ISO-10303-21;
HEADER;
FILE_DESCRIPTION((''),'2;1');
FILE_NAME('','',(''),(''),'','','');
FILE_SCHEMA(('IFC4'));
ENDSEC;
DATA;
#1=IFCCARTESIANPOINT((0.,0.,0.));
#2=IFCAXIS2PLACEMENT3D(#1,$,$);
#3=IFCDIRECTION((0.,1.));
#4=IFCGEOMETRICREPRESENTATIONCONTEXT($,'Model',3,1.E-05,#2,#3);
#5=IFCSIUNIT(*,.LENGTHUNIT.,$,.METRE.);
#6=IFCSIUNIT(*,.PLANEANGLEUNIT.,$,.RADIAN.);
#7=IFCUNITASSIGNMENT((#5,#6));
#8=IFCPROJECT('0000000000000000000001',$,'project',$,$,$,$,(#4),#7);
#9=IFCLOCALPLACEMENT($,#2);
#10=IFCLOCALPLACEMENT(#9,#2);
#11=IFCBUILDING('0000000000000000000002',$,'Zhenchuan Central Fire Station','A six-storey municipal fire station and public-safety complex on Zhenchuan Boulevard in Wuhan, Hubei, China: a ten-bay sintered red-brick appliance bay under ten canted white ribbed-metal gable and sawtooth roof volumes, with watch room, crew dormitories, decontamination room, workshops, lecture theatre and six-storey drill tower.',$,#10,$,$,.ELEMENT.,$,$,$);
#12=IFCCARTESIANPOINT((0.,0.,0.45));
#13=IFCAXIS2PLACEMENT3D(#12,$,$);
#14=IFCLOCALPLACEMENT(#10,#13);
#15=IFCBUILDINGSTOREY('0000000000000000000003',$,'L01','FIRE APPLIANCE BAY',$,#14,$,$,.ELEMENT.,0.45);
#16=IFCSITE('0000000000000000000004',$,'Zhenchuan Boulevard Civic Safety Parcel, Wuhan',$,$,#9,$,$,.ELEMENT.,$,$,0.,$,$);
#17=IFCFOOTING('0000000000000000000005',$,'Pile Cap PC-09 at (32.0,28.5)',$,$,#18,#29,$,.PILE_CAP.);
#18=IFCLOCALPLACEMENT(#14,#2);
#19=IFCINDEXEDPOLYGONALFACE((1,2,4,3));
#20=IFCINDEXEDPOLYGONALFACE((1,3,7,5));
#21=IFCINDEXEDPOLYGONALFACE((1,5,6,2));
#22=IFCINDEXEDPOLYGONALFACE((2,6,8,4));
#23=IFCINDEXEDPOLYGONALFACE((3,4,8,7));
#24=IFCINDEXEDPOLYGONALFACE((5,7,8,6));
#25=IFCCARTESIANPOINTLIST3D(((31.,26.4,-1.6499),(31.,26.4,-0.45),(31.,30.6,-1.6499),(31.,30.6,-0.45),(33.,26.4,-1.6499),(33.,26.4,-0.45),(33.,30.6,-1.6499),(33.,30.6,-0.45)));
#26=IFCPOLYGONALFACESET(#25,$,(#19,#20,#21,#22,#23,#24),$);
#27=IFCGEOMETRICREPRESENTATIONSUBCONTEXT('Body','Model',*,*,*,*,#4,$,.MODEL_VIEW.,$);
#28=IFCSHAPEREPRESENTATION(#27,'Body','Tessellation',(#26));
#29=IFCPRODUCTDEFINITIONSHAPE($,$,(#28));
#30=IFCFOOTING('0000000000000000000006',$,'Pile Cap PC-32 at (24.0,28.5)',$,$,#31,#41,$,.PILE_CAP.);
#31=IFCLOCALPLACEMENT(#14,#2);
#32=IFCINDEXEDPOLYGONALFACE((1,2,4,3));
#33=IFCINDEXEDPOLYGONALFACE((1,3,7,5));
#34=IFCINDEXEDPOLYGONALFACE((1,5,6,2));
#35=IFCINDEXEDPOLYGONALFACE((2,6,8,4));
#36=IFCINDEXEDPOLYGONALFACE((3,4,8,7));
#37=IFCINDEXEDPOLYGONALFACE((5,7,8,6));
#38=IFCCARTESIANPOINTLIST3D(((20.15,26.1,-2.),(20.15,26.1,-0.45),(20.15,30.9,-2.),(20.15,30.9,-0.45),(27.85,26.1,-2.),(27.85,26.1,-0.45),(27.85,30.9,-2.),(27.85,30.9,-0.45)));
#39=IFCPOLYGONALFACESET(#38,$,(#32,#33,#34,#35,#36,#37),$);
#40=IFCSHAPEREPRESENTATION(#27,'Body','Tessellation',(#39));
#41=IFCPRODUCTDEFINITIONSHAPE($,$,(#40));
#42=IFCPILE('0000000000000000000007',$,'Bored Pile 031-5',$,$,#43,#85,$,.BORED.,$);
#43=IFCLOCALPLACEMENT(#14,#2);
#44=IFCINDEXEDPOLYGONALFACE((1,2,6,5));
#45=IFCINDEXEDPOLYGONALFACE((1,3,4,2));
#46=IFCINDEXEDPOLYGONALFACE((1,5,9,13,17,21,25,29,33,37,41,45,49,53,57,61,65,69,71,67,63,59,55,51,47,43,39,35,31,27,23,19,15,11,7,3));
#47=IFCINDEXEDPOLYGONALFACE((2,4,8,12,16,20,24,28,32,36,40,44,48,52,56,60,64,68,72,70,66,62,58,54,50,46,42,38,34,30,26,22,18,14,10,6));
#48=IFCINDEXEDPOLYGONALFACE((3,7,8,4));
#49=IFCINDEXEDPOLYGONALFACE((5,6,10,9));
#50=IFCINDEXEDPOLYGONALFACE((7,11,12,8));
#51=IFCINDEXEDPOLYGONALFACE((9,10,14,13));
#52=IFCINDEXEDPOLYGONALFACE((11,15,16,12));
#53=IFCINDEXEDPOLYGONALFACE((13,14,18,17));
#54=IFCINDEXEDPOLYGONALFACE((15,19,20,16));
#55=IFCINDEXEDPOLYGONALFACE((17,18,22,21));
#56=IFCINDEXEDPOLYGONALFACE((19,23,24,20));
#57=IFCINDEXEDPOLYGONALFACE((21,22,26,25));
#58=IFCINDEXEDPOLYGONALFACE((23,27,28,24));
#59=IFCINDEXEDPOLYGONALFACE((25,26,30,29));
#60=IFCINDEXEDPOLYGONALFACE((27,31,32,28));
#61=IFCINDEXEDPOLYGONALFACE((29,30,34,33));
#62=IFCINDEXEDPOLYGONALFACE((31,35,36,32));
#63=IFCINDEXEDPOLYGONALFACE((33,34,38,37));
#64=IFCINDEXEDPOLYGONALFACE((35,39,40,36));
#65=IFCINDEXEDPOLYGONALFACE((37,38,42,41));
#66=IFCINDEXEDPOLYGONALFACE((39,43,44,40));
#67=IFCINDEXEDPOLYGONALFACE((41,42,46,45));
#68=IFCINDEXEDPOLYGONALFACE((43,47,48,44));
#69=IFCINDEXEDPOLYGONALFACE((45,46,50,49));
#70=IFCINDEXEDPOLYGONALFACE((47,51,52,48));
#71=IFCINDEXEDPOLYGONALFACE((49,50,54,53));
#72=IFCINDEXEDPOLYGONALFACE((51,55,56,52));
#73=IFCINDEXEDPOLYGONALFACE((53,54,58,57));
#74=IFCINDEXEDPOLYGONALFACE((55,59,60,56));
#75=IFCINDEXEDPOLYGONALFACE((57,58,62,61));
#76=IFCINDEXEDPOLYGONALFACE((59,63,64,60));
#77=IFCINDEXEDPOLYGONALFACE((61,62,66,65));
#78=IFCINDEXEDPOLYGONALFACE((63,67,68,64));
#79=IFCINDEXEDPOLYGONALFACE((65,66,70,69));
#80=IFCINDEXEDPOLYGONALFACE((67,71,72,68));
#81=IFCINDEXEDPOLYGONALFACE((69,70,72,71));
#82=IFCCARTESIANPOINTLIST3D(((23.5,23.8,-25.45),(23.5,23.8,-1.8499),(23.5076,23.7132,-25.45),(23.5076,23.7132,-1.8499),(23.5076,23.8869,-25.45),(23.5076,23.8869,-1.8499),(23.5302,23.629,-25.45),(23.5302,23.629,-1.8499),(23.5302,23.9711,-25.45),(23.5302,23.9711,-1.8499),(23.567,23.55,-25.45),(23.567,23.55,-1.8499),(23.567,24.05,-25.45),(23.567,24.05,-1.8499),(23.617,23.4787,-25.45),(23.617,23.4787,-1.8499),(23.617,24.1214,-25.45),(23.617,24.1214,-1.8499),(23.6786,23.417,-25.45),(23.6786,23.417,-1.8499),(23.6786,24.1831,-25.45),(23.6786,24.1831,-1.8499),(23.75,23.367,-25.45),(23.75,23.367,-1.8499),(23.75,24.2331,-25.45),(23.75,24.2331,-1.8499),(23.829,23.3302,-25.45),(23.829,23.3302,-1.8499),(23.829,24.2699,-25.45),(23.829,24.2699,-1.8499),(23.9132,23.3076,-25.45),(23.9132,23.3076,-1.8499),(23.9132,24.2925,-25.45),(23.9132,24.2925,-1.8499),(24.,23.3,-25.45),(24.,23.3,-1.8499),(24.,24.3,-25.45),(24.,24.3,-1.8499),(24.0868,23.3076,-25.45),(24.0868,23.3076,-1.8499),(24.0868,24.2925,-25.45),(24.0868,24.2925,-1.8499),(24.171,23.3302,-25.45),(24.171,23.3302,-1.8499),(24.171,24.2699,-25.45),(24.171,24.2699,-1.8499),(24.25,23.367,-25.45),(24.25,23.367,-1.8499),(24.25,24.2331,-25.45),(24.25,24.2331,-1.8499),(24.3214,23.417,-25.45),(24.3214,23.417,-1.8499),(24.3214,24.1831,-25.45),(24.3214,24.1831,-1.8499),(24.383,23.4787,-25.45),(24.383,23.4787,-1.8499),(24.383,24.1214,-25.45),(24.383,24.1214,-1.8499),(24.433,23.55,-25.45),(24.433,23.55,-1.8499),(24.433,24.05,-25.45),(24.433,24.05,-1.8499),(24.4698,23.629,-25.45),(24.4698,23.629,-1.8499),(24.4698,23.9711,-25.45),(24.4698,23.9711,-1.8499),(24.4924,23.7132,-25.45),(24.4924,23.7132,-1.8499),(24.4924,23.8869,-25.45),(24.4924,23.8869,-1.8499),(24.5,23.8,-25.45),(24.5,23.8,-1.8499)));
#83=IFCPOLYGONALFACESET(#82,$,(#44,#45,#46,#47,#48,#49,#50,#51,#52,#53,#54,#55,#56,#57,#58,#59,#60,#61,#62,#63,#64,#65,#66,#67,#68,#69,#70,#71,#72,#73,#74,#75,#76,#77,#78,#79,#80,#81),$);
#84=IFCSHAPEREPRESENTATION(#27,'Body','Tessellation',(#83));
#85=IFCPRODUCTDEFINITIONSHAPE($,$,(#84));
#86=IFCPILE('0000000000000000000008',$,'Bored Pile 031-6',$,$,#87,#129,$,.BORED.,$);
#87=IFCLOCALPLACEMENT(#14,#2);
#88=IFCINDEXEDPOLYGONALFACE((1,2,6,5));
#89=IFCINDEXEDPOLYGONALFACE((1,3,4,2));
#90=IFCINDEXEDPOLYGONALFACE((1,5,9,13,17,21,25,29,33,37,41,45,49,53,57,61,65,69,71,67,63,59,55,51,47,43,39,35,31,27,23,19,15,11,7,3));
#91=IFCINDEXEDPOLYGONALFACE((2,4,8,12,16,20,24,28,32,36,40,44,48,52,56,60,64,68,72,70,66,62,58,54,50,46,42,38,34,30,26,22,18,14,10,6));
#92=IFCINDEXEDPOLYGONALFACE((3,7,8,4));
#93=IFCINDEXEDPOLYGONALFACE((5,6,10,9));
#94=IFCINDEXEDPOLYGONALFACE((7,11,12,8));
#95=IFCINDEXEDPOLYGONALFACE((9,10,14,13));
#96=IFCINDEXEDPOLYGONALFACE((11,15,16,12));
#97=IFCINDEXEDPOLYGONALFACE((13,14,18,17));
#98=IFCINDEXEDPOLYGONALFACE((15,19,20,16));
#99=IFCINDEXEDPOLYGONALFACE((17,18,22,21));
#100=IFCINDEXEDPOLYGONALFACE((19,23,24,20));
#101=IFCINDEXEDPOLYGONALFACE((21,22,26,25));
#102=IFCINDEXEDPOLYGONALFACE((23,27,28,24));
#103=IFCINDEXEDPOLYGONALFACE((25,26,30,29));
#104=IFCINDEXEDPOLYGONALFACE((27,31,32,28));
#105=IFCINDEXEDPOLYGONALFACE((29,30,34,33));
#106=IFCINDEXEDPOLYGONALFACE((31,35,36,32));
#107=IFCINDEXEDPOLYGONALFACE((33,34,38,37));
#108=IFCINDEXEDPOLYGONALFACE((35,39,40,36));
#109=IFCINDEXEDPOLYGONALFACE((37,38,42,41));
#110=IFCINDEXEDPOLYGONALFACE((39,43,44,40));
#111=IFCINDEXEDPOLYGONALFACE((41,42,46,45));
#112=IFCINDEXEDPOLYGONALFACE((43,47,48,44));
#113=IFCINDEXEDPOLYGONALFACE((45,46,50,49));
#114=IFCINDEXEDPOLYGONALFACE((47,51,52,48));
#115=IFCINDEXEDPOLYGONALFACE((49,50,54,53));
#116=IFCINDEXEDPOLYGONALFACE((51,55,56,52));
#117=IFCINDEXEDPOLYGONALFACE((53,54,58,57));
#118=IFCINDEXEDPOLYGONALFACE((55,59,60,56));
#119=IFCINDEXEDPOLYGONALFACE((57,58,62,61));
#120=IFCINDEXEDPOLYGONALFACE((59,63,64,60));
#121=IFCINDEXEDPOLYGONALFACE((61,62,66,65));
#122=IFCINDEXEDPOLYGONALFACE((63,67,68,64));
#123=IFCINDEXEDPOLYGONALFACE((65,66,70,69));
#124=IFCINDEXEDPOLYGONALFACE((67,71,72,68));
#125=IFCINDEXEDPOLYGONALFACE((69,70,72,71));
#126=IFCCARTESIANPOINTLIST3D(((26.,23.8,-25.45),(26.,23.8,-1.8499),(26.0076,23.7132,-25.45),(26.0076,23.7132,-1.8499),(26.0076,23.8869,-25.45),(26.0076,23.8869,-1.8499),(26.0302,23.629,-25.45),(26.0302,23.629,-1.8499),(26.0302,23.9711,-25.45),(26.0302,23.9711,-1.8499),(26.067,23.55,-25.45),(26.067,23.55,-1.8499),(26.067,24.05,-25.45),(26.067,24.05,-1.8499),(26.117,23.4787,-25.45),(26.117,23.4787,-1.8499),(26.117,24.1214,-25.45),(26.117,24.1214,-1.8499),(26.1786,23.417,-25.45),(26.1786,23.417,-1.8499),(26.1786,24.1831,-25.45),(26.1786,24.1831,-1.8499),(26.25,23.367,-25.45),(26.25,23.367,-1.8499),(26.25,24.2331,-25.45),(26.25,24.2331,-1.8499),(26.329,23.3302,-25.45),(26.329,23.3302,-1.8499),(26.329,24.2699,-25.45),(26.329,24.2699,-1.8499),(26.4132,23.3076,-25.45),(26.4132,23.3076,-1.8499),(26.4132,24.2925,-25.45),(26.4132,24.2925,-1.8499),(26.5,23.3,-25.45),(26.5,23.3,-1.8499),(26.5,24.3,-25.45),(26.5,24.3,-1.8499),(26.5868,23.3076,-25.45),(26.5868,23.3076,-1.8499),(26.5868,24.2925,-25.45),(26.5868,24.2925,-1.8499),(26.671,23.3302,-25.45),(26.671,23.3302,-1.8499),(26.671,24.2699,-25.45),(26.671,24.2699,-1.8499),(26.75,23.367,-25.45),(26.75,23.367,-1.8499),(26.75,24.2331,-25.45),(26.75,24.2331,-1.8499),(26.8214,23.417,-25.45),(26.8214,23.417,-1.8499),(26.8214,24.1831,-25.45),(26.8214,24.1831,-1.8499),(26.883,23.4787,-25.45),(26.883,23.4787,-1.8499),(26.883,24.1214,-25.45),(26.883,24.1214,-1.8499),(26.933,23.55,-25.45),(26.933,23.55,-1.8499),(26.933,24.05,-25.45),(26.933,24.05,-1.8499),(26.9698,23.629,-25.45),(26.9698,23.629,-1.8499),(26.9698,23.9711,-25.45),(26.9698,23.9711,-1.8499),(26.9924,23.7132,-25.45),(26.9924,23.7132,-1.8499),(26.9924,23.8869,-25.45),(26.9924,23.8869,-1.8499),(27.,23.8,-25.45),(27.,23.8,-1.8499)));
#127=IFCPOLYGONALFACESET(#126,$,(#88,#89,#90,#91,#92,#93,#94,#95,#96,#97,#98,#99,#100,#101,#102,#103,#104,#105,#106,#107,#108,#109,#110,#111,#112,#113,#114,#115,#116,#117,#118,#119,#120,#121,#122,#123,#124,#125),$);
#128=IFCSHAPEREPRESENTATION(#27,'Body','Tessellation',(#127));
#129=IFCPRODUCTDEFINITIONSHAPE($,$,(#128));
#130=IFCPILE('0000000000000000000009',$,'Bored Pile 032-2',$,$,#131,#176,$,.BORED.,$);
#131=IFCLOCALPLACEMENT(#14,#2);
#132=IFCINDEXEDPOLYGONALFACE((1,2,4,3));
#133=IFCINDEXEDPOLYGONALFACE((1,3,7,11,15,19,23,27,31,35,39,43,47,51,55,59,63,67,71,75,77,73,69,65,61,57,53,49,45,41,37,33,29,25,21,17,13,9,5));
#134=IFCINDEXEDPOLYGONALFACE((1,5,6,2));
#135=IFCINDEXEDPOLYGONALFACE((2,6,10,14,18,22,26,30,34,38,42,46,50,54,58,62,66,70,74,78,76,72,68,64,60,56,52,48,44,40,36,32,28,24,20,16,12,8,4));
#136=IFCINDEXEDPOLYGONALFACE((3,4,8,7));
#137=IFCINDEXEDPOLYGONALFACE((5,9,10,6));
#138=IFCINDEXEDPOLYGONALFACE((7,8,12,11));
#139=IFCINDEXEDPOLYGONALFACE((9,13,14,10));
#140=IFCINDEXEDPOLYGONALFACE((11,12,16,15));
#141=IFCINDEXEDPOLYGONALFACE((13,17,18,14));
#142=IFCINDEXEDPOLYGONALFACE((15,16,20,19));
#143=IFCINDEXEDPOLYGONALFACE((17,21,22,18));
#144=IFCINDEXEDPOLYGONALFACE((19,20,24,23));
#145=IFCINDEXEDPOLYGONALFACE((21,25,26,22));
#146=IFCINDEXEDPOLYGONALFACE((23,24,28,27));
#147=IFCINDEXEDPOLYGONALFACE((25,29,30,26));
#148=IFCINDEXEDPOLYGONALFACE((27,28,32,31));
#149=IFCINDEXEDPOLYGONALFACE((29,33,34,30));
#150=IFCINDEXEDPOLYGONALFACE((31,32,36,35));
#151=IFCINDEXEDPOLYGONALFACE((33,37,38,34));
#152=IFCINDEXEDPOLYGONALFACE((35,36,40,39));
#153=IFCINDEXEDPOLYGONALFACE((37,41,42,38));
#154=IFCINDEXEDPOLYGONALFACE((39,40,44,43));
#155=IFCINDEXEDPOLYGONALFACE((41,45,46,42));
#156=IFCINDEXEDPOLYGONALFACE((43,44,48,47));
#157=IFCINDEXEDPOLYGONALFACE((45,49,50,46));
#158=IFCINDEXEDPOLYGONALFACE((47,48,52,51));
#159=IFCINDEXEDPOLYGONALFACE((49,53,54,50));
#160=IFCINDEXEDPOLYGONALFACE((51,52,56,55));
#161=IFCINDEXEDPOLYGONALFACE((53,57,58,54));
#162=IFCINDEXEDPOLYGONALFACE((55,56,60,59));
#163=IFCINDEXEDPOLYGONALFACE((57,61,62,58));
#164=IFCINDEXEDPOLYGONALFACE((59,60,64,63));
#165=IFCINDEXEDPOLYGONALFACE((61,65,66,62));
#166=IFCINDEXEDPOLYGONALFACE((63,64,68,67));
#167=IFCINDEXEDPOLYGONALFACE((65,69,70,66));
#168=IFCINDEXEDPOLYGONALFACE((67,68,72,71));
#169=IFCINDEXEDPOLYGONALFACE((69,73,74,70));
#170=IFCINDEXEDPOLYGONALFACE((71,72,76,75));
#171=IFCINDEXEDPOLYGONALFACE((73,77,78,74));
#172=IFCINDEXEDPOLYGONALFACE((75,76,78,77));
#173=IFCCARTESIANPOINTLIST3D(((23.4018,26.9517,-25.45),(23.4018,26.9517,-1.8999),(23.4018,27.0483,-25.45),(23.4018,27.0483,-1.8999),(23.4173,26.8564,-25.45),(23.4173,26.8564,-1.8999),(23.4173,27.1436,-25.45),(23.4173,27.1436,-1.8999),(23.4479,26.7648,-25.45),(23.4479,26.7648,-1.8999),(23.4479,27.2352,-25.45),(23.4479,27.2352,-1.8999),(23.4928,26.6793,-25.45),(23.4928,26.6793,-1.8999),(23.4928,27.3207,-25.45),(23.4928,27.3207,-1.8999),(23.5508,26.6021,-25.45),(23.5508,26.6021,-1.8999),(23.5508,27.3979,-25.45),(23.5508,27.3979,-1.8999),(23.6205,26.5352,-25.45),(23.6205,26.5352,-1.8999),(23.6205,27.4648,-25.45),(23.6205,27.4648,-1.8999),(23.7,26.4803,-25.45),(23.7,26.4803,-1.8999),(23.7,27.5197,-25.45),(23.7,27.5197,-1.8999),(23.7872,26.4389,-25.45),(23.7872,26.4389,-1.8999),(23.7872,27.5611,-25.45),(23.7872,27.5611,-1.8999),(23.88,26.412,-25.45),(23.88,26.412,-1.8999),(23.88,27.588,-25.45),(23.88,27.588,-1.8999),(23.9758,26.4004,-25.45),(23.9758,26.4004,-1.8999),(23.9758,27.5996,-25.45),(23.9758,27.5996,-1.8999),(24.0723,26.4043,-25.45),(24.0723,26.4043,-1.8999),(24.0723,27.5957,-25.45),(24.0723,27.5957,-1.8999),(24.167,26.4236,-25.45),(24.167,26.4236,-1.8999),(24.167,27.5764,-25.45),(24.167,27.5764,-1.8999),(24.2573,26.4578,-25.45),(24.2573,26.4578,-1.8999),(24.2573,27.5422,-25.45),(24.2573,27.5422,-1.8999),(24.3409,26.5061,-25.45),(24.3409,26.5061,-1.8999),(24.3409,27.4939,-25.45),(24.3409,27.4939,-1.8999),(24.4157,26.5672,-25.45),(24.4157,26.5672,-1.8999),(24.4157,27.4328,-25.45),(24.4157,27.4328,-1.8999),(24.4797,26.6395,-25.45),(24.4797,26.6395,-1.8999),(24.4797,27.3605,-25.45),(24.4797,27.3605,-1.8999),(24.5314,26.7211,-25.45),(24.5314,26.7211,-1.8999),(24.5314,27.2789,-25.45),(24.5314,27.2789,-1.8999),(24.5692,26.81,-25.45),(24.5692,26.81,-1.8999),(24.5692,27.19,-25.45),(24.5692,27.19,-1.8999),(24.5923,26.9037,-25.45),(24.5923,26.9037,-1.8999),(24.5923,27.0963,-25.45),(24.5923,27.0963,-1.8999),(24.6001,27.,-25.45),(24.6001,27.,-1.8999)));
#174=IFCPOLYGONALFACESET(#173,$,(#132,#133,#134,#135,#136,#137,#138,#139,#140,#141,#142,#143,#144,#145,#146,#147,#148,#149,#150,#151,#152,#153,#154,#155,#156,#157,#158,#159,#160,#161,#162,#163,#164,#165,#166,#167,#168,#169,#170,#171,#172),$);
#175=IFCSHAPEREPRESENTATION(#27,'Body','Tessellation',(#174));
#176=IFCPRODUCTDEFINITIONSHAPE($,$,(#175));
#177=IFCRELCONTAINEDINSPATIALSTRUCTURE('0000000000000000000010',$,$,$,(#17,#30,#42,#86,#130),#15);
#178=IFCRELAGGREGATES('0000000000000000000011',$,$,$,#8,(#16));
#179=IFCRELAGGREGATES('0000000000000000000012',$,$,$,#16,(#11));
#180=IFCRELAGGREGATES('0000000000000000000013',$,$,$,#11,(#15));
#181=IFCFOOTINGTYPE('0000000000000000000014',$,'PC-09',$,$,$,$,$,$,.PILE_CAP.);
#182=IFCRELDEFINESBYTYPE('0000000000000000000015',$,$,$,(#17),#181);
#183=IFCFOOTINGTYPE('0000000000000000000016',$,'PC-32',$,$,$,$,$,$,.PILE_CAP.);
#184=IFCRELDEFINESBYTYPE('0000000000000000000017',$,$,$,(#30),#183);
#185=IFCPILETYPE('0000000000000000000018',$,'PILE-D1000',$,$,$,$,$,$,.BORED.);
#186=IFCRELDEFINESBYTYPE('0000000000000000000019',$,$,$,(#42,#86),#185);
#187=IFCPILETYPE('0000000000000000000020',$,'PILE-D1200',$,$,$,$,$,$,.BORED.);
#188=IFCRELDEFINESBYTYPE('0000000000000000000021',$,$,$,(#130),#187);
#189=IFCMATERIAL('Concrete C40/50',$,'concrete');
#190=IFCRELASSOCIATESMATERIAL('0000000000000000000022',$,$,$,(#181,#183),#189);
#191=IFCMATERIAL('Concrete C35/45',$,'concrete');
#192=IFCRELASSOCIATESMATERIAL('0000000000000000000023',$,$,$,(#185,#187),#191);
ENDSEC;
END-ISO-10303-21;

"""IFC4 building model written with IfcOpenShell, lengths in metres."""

from ifc_helpers import new_model, si_unit, direction, frame, origin, origin_2d, place, context, subcontext, project, spatial, rectangle, circle, extrude, material, material_profile, profile_set, type_object, element, save


model = new_model("IFC4")

# Units and contexts
model_context = context("Model", 3, precision=1e-05, world=origin(), true_north=direction((0.0, 1.0)))
body_context = subcontext(model_context, "Body", "Model", "MODEL_VIEW")
ifc_project = project(units=[si_unit("LENGTHUNIT", "METRE"), si_unit("PLANEANGLEUNIT", "RADIAN")], contexts=[model_context])

# Site, building, storey
site_placement = place(None, origin())
site = spatial("IfcSite", under=ifc_project, at=site_placement, Name="Zhenchuan Boulevard Civic Safety Parcel, Wuhan", CompositionType="ELEMENT", RefElevation=0.0)
building_placement = place(site_placement, origin())
building = spatial("IfcBuilding", under=site, at=building_placement, Name="Zhenchuan Central Fire Station", Description="A six-storey municipal fire station and public-safety complex on Zhenchuan Boulevard in Wuhan, Hubei, China: a ten-bay sintered red-brick appliance bay under ten canted white ribbed-metal gable and sawtooth roof volumes, with watch room, crew dormitories, decontamination room, workshops, lecture theatre and six-storey drill tower.", CompositionType="ELEMENT")
storey_placement = place(building_placement, frame((0.0, 0.0, 0.45)))
storey = spatial("IfcBuildingStorey", under=building, at=storey_placement, Name="L01", Description="FIRE APPLIANCE BAY", CompositionType="ELEMENT", Elevation=0.45)

# Footings
ifc_material_1 = material(Name="Concrete C40/50", Category="concrete")
footing_type_1 = type_object("IfcFootingType", Name="PC-09", PredefinedType="PILE_CAP", material=ifc_material_1)
footing_1_placement = place(storey_placement, frame((32.0, 28.5, -1.6499), z_axis=(0.0, 0.0, 1.0), x_axis=(1.0, 0.0, 0.0)))
element("IfcFooting", 1, at=footing_1_placement, inside=storey, type_object=footing_type_1, Name="Pile Cap PC-09 at (32.0,28.5)", PredefinedType="PILE_CAP", context=body_context, shape_type="SweptSolid", body=[
    extrude(rectangle(XDim=2.0, YDim=4.2, at=origin_2d()), origin(), (0.0, 0.0, 1.0), 1.2),
])
footing_type_2 = type_object("IfcFootingType", Name="PC-32", PredefinedType="PILE_CAP", material=ifc_material_1)
footing_2_placement = place(storey_placement, frame((24.0, 28.5, -2.0), z_axis=(0.0, 0.0, 1.0), x_axis=(1.0, 0.0, 0.0)))
element("IfcFooting", 2, at=footing_2_placement, inside=storey, type_object=footing_type_2, Name="Pile Cap PC-32 at (24.0,28.5)", PredefinedType="PILE_CAP", context=body_context, shape_type="SweptSolid", body=[
    extrude(rectangle(XDim=7.7, YDim=4.8, at=origin_2d()), origin(), (0.0, 0.0, 1.0), 1.55),
])

# Piles
ifc_material_2 = material(Name="Concrete C35/45", Category="concrete")
ifc_material_profile_1 = material_profile(ifc_material_2, circle(Radius=0.5, at=origin_2d()), Name="PILE D1000")
ifc_profile_set_1 = profile_set([ifc_material_profile_1], Name="Concrete C35/45")
pile_type_1 = type_object("IfcPileType", Name="PILE-D1000", PredefinedType="BORED", material=ifc_profile_set_1)
for number, where, z_axis, x_axis, name in (
    (3, (24.0, 23.8, -1.8499), (0.0, 0.0, -1.0), (1.0, 0.0, 0.0), "Bored Pile 031-5"),
    (4, (26.5, 23.8, -1.8499), (0.0, 0.0, -1.0), (1.0, 0.0, 0.0), "Bored Pile 031-6"),
):
    element("IfcPile", number, at=place(storey_placement, frame(where, z_axis=z_axis, x_axis=x_axis)), inside=storey, type_object=pile_type_1, Name=name, PredefinedType="BORED", context=body_context, shape_type="SweptSolid", body=[
        extrude(circle(Radius=0.5, at=origin_2d()), origin(), (0.0, 0.0, 1.0), 23.6001),
    ])
ifc_material_profile_2 = material_profile(ifc_material_2, circle(Radius=0.6001, at=origin_2d()), Name="PILE D1200")
ifc_profile_set_2 = profile_set([ifc_material_profile_2], Name="Concrete C35/45")
pile_type_2 = type_object("IfcPileType", Name="PILE-D1200", PredefinedType="BORED", material=ifc_profile_set_2)
for number, where, z_axis, x_axis, name in (
    (5, (24.0, 27.0, -1.8999), (0.0, 0.0, -1.0), (1.0, 0.0, 0.0), "Bored Pile 032-2"),
):
    element("IfcPile", number, at=place(storey_placement, frame(where, z_axis=z_axis, x_axis=x_axis)), inside=storey, type_object=pile_type_2, Name=name, PredefinedType="BORED", context=body_context, shape_type="SweptSolid", body=[
        extrude(circle(Radius=0.6001, at=origin_2d()), origin(), (0.0, 0.0, 1.0), 23.55),
    ])

save(model, "model.ifc")
